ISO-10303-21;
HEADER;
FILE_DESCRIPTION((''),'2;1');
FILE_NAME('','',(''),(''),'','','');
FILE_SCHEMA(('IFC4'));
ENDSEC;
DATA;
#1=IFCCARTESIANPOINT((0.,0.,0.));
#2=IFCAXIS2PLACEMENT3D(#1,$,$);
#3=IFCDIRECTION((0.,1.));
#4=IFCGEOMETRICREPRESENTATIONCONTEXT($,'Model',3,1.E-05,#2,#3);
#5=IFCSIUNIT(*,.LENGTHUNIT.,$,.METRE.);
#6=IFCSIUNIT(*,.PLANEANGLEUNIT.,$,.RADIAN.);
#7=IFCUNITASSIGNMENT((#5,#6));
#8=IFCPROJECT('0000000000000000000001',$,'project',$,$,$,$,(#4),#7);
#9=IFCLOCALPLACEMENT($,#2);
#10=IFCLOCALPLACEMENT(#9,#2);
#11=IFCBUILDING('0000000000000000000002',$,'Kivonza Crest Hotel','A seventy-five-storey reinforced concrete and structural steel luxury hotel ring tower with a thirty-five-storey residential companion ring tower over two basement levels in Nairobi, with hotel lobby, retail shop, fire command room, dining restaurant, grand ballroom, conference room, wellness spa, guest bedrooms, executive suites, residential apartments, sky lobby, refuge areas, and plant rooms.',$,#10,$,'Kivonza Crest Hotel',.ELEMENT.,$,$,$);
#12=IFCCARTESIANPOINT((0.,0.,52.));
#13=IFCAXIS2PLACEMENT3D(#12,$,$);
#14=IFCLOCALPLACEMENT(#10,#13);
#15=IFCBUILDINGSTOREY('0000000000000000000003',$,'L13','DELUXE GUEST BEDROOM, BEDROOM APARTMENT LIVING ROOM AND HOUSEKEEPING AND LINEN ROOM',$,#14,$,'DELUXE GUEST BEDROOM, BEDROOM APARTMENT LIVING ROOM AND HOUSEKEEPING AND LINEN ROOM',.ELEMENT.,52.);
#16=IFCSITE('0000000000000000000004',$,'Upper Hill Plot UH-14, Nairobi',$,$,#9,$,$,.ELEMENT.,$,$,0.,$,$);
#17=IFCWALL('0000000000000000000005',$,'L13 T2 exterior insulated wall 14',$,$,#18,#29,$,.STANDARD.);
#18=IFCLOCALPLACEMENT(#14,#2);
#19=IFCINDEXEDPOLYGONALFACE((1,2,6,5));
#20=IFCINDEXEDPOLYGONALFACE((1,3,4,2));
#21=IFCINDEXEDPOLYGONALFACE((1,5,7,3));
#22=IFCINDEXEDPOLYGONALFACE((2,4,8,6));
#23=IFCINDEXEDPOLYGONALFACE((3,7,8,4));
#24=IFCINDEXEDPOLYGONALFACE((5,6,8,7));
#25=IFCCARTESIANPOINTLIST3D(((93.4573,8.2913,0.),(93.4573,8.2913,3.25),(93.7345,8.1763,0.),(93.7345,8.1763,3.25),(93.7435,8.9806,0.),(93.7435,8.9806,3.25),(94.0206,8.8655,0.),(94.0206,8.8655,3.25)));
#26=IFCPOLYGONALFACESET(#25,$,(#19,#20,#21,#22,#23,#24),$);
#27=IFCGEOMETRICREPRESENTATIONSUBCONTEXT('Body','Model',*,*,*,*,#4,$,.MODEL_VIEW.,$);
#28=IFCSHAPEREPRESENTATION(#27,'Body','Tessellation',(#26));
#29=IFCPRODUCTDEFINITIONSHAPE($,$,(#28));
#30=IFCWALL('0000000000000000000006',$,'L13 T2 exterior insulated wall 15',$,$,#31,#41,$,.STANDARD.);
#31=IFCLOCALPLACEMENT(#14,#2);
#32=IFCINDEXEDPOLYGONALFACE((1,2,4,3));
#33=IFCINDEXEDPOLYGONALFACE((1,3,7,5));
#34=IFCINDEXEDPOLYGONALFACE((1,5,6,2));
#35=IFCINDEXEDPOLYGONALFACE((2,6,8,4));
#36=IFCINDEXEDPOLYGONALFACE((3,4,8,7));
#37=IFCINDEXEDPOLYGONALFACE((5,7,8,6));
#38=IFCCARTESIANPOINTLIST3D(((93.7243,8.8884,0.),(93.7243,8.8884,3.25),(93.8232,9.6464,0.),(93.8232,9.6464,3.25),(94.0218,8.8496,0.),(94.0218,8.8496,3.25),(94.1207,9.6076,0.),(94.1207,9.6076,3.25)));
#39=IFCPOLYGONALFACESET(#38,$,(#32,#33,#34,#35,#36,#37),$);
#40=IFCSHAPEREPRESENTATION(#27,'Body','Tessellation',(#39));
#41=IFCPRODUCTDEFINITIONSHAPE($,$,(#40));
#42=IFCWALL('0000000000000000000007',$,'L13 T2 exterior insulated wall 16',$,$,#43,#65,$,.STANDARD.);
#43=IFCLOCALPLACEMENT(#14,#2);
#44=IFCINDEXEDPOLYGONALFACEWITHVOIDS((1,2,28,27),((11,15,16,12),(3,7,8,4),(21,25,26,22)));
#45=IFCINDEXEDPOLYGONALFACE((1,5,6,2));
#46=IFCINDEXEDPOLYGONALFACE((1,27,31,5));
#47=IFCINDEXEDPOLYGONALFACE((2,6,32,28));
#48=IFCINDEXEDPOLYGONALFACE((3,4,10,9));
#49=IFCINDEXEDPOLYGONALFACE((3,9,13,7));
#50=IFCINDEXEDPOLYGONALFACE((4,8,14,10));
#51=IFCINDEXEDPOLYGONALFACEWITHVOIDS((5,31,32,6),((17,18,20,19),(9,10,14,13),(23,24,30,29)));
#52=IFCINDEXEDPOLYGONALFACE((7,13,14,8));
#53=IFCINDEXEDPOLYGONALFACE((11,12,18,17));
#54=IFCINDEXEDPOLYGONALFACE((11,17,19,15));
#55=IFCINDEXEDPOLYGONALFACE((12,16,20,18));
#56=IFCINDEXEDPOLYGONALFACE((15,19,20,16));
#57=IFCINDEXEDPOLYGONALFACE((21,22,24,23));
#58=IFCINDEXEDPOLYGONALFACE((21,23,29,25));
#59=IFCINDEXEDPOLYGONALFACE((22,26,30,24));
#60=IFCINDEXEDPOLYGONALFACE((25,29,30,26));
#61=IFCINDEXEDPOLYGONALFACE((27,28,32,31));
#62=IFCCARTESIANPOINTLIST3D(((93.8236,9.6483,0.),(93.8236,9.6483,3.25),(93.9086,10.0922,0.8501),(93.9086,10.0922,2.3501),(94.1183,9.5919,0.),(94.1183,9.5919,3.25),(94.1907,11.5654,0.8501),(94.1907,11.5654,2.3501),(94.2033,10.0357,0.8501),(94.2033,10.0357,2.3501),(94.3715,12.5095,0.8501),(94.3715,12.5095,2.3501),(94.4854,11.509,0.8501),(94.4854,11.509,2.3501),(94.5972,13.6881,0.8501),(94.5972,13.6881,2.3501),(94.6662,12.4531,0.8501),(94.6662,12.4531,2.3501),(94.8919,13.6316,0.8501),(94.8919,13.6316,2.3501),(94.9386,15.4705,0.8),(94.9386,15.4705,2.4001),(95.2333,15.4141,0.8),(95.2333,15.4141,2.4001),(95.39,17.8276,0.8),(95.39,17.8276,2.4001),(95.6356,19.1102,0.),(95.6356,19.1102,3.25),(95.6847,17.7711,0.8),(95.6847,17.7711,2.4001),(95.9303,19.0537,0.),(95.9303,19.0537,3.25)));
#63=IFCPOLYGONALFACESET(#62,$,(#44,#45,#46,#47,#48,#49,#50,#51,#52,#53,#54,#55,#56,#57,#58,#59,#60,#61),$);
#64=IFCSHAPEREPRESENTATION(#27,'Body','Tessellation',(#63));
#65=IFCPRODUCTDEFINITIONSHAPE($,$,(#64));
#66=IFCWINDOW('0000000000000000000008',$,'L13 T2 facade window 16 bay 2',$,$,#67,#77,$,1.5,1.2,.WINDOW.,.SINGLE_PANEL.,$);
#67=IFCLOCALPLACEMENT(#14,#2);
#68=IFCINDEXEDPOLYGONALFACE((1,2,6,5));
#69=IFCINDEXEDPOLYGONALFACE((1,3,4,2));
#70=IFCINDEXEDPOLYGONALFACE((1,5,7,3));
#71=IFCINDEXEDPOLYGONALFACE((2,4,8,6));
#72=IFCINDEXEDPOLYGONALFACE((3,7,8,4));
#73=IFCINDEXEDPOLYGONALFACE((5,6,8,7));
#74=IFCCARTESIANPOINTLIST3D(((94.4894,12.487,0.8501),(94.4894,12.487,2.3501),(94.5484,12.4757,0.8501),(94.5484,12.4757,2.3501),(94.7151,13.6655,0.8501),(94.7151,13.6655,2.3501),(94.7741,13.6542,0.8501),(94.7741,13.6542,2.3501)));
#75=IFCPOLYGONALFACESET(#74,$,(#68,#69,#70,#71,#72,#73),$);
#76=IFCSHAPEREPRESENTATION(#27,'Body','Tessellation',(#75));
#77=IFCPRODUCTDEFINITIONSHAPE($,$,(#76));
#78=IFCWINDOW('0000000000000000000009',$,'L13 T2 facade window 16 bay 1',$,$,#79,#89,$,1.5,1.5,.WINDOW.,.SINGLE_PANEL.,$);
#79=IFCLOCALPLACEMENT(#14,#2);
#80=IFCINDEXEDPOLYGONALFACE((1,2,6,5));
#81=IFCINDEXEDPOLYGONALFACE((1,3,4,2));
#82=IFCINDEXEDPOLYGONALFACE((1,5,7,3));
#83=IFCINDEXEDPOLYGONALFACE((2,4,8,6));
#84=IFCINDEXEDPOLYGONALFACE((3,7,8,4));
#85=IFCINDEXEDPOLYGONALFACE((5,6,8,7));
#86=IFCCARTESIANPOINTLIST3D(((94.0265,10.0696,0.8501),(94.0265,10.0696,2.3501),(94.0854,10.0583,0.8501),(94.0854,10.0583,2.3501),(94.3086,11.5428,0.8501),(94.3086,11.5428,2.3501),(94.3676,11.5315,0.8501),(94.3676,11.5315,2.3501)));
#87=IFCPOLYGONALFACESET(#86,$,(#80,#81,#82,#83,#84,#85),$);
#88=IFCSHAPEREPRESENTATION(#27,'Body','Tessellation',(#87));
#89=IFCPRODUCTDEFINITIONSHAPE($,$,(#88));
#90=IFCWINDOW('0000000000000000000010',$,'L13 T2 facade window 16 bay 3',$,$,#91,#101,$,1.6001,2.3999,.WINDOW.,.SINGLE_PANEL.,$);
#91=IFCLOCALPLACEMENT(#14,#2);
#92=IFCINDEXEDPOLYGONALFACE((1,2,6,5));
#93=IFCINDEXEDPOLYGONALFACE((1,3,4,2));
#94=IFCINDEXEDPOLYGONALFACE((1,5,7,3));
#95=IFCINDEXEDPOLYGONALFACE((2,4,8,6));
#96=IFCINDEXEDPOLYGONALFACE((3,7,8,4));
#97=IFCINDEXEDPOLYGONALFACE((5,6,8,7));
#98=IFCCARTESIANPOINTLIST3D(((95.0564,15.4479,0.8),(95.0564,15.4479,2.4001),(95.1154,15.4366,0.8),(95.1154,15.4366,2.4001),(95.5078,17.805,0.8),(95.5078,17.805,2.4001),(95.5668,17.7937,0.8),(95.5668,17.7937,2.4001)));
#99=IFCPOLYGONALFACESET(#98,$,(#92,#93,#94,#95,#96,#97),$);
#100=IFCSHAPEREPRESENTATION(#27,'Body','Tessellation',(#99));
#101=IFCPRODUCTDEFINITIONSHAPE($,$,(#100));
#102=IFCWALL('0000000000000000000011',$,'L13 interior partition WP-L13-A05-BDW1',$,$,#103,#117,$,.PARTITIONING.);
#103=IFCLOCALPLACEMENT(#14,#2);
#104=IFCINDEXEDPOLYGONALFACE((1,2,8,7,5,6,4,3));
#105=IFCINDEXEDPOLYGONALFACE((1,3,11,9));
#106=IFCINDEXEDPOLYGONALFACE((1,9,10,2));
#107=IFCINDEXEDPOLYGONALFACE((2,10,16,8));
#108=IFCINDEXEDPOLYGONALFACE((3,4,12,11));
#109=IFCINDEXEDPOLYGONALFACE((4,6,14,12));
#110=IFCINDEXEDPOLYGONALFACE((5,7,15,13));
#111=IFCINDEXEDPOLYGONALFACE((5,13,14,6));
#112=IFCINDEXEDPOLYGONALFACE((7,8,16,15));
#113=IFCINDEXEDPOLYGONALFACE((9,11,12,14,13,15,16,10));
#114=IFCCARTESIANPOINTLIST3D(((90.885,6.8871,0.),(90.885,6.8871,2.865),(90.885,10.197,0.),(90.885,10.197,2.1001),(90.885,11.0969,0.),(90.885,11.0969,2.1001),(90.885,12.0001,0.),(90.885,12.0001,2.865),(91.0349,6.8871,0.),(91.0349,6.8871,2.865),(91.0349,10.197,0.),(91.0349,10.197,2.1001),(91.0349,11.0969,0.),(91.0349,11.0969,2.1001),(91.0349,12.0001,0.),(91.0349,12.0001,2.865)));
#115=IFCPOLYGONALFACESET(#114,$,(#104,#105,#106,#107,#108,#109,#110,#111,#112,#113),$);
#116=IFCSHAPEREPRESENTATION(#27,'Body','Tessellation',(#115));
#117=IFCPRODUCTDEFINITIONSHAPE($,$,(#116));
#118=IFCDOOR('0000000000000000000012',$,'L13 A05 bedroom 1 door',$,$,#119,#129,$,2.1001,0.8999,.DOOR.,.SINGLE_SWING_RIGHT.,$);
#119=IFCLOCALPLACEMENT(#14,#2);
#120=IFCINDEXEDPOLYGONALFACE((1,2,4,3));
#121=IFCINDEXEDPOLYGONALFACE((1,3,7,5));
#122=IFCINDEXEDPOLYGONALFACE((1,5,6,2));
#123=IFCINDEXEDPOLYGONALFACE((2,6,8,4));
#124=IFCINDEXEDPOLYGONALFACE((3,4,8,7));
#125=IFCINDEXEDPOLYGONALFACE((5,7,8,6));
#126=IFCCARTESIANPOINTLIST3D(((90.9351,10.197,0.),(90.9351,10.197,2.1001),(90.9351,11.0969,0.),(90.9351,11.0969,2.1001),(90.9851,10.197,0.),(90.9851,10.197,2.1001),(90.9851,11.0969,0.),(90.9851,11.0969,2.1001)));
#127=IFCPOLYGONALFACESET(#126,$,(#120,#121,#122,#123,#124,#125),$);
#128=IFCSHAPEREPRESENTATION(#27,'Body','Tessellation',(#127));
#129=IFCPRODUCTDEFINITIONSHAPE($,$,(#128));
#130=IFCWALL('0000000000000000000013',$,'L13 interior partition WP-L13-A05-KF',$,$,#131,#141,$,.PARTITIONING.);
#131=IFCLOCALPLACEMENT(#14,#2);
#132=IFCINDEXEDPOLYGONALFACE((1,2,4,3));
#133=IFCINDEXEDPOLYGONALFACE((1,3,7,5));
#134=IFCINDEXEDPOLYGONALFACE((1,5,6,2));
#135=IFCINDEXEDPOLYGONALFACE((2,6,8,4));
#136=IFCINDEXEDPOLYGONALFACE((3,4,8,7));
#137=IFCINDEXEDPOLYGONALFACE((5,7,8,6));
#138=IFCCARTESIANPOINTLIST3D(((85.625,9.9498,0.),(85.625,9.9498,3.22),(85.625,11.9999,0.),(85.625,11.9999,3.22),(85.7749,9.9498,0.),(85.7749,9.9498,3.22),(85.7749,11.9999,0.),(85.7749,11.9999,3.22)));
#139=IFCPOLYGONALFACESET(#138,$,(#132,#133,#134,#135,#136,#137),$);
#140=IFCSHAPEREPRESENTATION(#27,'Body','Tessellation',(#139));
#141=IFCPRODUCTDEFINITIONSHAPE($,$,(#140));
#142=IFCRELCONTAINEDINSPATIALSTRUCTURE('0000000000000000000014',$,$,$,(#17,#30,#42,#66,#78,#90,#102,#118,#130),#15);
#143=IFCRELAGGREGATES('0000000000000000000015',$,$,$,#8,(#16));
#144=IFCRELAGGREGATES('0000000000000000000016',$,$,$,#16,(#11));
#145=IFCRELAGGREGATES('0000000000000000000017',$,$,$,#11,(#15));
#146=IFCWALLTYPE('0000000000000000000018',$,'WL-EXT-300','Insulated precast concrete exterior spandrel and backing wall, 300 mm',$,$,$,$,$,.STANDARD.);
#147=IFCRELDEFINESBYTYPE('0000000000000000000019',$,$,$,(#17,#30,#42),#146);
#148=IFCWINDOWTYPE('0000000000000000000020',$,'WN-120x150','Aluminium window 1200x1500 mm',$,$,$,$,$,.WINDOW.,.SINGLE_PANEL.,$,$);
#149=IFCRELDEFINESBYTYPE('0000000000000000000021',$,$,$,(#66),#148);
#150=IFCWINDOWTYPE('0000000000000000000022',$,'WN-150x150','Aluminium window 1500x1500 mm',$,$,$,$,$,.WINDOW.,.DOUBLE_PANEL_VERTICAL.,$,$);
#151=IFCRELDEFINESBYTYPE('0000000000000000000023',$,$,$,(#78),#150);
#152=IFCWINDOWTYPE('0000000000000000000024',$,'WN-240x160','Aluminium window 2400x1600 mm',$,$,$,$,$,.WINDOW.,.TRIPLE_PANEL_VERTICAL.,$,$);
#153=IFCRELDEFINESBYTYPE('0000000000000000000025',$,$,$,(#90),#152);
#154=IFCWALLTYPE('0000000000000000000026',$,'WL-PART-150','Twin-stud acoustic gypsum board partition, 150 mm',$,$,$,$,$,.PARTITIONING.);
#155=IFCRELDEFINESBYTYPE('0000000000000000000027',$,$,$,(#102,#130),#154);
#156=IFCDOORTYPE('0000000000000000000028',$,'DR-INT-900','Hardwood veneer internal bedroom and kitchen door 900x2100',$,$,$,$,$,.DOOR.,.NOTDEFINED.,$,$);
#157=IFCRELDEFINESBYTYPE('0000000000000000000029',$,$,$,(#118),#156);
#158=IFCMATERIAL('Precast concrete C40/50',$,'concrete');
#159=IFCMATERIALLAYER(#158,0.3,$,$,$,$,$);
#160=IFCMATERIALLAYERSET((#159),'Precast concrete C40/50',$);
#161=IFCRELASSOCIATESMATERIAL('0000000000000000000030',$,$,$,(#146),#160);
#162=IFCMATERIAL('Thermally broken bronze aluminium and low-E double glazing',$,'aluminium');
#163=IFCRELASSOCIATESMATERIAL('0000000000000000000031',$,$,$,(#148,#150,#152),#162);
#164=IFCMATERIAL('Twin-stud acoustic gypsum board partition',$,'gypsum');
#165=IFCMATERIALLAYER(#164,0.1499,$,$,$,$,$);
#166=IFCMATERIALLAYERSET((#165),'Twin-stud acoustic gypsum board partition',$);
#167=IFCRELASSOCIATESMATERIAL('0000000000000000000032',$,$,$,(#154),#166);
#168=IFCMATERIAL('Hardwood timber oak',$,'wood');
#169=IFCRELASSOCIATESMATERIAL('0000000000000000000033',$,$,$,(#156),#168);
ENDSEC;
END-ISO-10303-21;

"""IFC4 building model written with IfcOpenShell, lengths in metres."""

from ifc_helpers import new_model, si_unit, direction, frame, frame_2d, origin, place, context, subcontext, project, spatial, rectangle, extrude, material, layer, layer_set, type_object, element, fill, save


model = new_model("IFC4")

# Units and contexts
model_context = context("Model", 3, precision=1e-05, world=origin(), true_north=direction((0.0, 1.0)))
body_context = subcontext(model_context, "Body", "Model", "MODEL_VIEW")
ifc_project = project(units=[si_unit("LENGTHUNIT", "METRE"), si_unit("PLANEANGLEUNIT", "RADIAN")], contexts=[model_context])

# Site, building, storey
site_placement = place(None, origin())
site = spatial("IfcSite", under=ifc_project, at=site_placement, Name="Upper Hill Plot UH-14, Nairobi", CompositionType="ELEMENT", RefElevation=0.0)
building_placement = place(site_placement, origin())
building = spatial("IfcBuilding", under=site, at=building_placement, Name="Kivonza Crest Hotel", Description="A seventy-five-storey reinforced concrete and structural steel luxury hotel ring tower with a thirty-five-storey residential companion ring tower over two basement levels in Nairobi, with hotel lobby, retail shop, fire command room, dining restaurant, grand ballroom, conference room, wellness spa, guest bedrooms, executive suites, residential apartments, sky lobby, refuge areas, and plant rooms.", LongName="Kivonza Crest Hotel", CompositionType="ELEMENT")
storey_placement = place(building_placement, frame((0.0, 0.0, 52.0)))
storey = spatial("IfcBuildingStorey", under=building, at=storey_placement, Name="L13", Description="DELUXE GUEST BEDROOM, BEDROOM APARTMENT LIVING ROOM AND HOUSEKEEPING AND LINEN ROOM", LongName="DELUXE GUEST BEDROOM, BEDROOM APARTMENT LIVING ROOM AND HOUSEKEEPING AND LINEN ROOM", CompositionType="ELEMENT", Elevation=52.0)

# Shared definitions
ifc_material_1 = material(Name="Hardwood timber oak", Category="wood")

# Walls
ifc_material_2 = material(Name="Precast concrete C40/50", Category="concrete")
ifc_layer_1 = layer(ifc_material_2, 0.3)
ifc_layer_set_1 = layer_set([ifc_layer_1], Name="Precast concrete C40/50")
wall_type_1 = type_object("IfcWallType", Name="WL-EXT-300", Description="Insulated precast concrete exterior spandrel and backing wall, 300 mm", PredefinedType="STANDARD", material=ifc_layer_set_1)
wall_1_placement = place(storey_placement, frame((93.5959, 8.2339, 0.0), z_axis=(0.0, 0.0, 1.0), x_axis=(0.38343, 0.92357, 0.0)))
element("IfcWall", 1, at=wall_1_placement, inside=storey, type_object=wall_type_1, Name="L13 T2 exterior insulated wall 14", PredefinedType="STANDARD", context=body_context, shape_type="SweptSolid", body=[
    extrude(rectangle(XDim=0.7463, YDim=0.3, at=frame_2d((0.373, 0.0))), origin(), (0.0, 0.0, 1.0), 3.25),
])
wall_2_placement = place(storey_placement, frame((93.873, 8.8689, 0.0), z_axis=(0.0, 0.0, 1.0), x_axis=(0.129339, 0.9916, 0.0)))
element("IfcWall", 2, at=wall_2_placement, inside=storey, type_object=wall_type_1, Name="L13 T2 exterior insulated wall 15", PredefinedType="STANDARD", context=body_context, shape_type="SweptSolid", body=[
    extrude(rectangle(XDim=0.7644, YDim=0.3, at=frame_2d((0.3823, 0.0))), origin(), (0.0, 0.0, 1.0), 3.25),
])

# Wall, openings, windows
wall_3_placement = place(storey_placement, frame((93.9709, 9.6201, 0.0), z_axis=(0.0, 0.0, 1.0), x_axis=(0.188088, 0.982152, 0.0)))
wall_3 = element("IfcWall", 3, at=wall_3_placement, inside=storey, type_object=wall_type_1, Name="L13 T2 exterior insulated wall 16", PredefinedType="STANDARD", context=body_context, shape_type="SweptSolid", body=[
    extrude(rectangle(XDim=9.6338, YDim=0.3, at=frame_2d((4.8169, 0.0))), origin(), (0.0, 0.0, 1.0), 3.25),
])
opening_1_placement = place(wall_3_placement, frame((0.4519, 0.0, 0.8501)))
opening_1 = element("IfcOpeningElement", 4, at=opening_1_placement, cuts=wall_3, PredefinedType="OPENING", context=body_context, shape_type="SweptSolid", body=[
    extrude(rectangle(XDim=1.5, YDim=1.5, at=frame_2d((0.75, 0.75))), frame((0.0, 0.1602, 0.0), z_axis=(0.0, -1.0, 0.0), x_axis=(1.0, 0.0, 0.0)), (0.0, 0.0, 1.0), 0.3201),
])
opening_2_placement = place(wall_3_placement, frame((2.9131, 0.0, 0.8501)))
opening_2 = element("IfcOpeningElement", 5, at=opening_2_placement, cuts=wall_3, PredefinedType="OPENING", context=body_context, shape_type="SweptSolid", body=[
    extrude(rectangle(XDim=1.2, YDim=1.5, at=frame_2d((0.6001, 0.75))), frame((0.0, 0.1602, 0.0), z_axis=(0.0, -1.0, 0.0), x_axis=(1.0, 0.0, 0.0)), (0.0, 0.0, 1.0), 0.3201),
])
opening_3_placement = place(wall_3_placement, frame((5.928, 0.0, 0.8)))
opening_3 = element("IfcOpeningElement", 6, at=opening_3_placement, cuts=wall_3, PredefinedType="OPENING", context=body_context, shape_type="SweptSolid", body=[
    extrude(rectangle(XDim=2.3999, YDim=1.6001, at=frame_2d((1.2, 0.8))), frame((0.0, 0.1602, 0.0), z_axis=(0.0, -1.0, 0.0), x_axis=(1.0, 0.0, 0.0)), (0.0, 0.0, 1.0), 0.3201),
])
ifc_material_3 = material(Name="Thermally broken bronze aluminium and low-E double glazing", Category="aluminium")
window_type_1 = type_object("IfcWindowType", Name="WN-120x150", Description="Aluminium window 1200x1500 mm", PartitioningType="SINGLE_PANEL", PredefinedType="WINDOW", material=ifc_material_3)
window_1_placement = place(opening_2_placement, origin())
window_1 = element("IfcWindow", 7, at=window_1_placement, inside=storey, type_object=window_type_1, Name="L13 T2 facade window 16 bay 2", OverallHeight=1.5, OverallWidth=1.2, PartitioningType="SINGLE_PANEL", PredefinedType="WINDOW", context=body_context, shape_type="SweptSolid", body=[
    extrude(rectangle(XDim=1.2, YDim=1.5, at=frame_2d((0.6001, 0.75))), frame((0.0, 0.03, 0.0), z_axis=(0.0, -1.0, 0.0), x_axis=(1.0, 0.0, 0.0)), (0.0, 0.0, 1.0), 0.0601),
])
fill(opening_2, window_1)
window_type_2 = type_object("IfcWindowType", Name="WN-150x150", Description="Aluminium window 1500x1500 mm", PartitioningType="DOUBLE_PANEL_VERTICAL", PredefinedType="WINDOW", material=ifc_material_3)
window_2_placement = place(opening_1_placement, origin())
window_2 = element("IfcWindow", 8, at=window_2_placement, inside=storey, type_object=window_type_2, Name="L13 T2 facade window 16 bay 1", OverallHeight=1.5, OverallWidth=1.5, PartitioningType="SINGLE_PANEL", PredefinedType="WINDOW", context=body_context, shape_type="SweptSolid", body=[
    extrude(rectangle(XDim=1.5, YDim=1.5, at=frame_2d((0.75, 0.75))), frame((0.0, 0.03, 0.0), z_axis=(0.0, -1.0, 0.0), x_axis=(1.0, 0.0, 0.0)), (0.0, 0.0, 1.0), 0.0601),
])
fill(opening_1, window_2)
window_type_3 = type_object("IfcWindowType", Name="WN-240x160", Description="Aluminium window 2400x1600 mm", PartitioningType="TRIPLE_PANEL_VERTICAL", PredefinedType="WINDOW", material=ifc_material_3)
window_3_placement = place(opening_3_placement, origin())
window_3 = element("IfcWindow", 9, at=window_3_placement, inside=storey, type_object=window_type_3, Name="L13 T2 facade window 16 bay 3", OverallHeight=1.6001, OverallWidth=2.3999, PartitioningType="SINGLE_PANEL", PredefinedType="WINDOW", context=body_context, shape_type="SweptSolid", body=[
    extrude(rectangle(XDim=2.3999, YDim=1.6001, at=frame_2d((1.2, 0.8))), frame((0.0, 0.03, 0.0), z_axis=(0.0, -1.0, 0.0), x_axis=(1.0, 0.0, 0.0)), (0.0, 0.0, 1.0), 0.0601),
])
fill(opening_3, window_3)

# Wall, opening, door
ifc_material_4 = material(Name="Twin-stud acoustic gypsum board partition", Category="gypsum")
ifc_layer_2 = layer(ifc_material_4, 0.1499)
ifc_layer_set_2 = layer_set([ifc_layer_2], Name="Twin-stud acoustic gypsum board partition")
wall_type_2 = type_object("IfcWallType", Name="WL-PART-150", Description="Twin-stud acoustic gypsum board partition, 150 mm", PredefinedType="PARTITIONING", material=ifc_layer_set_2)
wall_4_placement = place(storey_placement, frame((90.96, 6.887, 0.0), z_axis=(0.0, 0.0, 1.0), x_axis=(0.0, 1.0, 0.0)))
wall_4 = element("IfcWall", 10, at=wall_4_placement, inside=storey, type_object=wall_type_2, Name="L13 interior partition WP-L13-A05-BDW1", PredefinedType="PARTITIONING", context=body_context, shape_type="SweptSolid", body=[
    extrude(rectangle(XDim=5.113, YDim=0.1499, at=frame_2d((2.5566, 0.0))), origin(), (0.0, 0.0, 1.0), 2.865),
])
opening_4_placement = place(wall_4_placement, frame((3.3101, 0.0, 0.0)))
opening_4 = element("IfcOpeningElement", 11, at=opening_4_placement, cuts=wall_4, PredefinedType="OPENING", context=body_context, shape_type="SweptSolid", body=[
    extrude(rectangle(XDim=0.8999, YDim=2.1001, at=frame_2d((0.45, 1.05))), frame((0.0, 0.085, 0.0), z_axis=(0.0, -1.0, 0.0), x_axis=(1.0, 0.0, 0.0)), (0.0, 0.0, 1.0), 0.1699),
])
door_type_1 = type_object("IfcDoorType", Name="DR-INT-900", Description="Hardwood veneer internal bedroom and kitchen door 900x2100", OperationType="NOTDEFINED", PredefinedType="DOOR", material=ifc_material_1)
door_1_placement = place(opening_4_placement, origin())
door_1 = element("IfcDoor", 12, at=door_1_placement, inside=storey, type_object=door_type_1, Name="L13 A05 bedroom 1 door", OperationType="SINGLE_SWING_RIGHT", OverallHeight=2.1001, OverallWidth=0.8999, PredefinedType="DOOR", context=body_context, shape_type="SweptSolid", body=[
    extrude(rectangle(XDim=0.8999, YDim=2.1001, at=frame_2d((0.45, 1.05))), frame((0.0, 0.0249, 0.0), z_axis=(0.0, -1.0, 0.0), x_axis=(1.0, 0.0, 0.0)), (0.0, 0.0, 1.0), 0.05),
])
fill(opening_4, door_1)

# Wall
wall_5_placement = place(storey_placement, frame((85.7, 9.95, 0.0), z_axis=(0.0, 0.0, 1.0), x_axis=(0.0, 1.0, 0.0)))
element("IfcWall", 13, at=wall_5_placement, inside=storey, type_object=wall_type_2, Name="L13 interior partition WP-L13-A05-KF", PredefinedType="PARTITIONING", context=body_context, shape_type="SweptSolid", body=[
    extrude(rectangle(XDim=2.05, YDim=0.1499, at=frame_2d((1.0249, 0.0))), origin(), (0.0, 0.0, 1.0), 3.22),
])

save(model, "model.ifc")
